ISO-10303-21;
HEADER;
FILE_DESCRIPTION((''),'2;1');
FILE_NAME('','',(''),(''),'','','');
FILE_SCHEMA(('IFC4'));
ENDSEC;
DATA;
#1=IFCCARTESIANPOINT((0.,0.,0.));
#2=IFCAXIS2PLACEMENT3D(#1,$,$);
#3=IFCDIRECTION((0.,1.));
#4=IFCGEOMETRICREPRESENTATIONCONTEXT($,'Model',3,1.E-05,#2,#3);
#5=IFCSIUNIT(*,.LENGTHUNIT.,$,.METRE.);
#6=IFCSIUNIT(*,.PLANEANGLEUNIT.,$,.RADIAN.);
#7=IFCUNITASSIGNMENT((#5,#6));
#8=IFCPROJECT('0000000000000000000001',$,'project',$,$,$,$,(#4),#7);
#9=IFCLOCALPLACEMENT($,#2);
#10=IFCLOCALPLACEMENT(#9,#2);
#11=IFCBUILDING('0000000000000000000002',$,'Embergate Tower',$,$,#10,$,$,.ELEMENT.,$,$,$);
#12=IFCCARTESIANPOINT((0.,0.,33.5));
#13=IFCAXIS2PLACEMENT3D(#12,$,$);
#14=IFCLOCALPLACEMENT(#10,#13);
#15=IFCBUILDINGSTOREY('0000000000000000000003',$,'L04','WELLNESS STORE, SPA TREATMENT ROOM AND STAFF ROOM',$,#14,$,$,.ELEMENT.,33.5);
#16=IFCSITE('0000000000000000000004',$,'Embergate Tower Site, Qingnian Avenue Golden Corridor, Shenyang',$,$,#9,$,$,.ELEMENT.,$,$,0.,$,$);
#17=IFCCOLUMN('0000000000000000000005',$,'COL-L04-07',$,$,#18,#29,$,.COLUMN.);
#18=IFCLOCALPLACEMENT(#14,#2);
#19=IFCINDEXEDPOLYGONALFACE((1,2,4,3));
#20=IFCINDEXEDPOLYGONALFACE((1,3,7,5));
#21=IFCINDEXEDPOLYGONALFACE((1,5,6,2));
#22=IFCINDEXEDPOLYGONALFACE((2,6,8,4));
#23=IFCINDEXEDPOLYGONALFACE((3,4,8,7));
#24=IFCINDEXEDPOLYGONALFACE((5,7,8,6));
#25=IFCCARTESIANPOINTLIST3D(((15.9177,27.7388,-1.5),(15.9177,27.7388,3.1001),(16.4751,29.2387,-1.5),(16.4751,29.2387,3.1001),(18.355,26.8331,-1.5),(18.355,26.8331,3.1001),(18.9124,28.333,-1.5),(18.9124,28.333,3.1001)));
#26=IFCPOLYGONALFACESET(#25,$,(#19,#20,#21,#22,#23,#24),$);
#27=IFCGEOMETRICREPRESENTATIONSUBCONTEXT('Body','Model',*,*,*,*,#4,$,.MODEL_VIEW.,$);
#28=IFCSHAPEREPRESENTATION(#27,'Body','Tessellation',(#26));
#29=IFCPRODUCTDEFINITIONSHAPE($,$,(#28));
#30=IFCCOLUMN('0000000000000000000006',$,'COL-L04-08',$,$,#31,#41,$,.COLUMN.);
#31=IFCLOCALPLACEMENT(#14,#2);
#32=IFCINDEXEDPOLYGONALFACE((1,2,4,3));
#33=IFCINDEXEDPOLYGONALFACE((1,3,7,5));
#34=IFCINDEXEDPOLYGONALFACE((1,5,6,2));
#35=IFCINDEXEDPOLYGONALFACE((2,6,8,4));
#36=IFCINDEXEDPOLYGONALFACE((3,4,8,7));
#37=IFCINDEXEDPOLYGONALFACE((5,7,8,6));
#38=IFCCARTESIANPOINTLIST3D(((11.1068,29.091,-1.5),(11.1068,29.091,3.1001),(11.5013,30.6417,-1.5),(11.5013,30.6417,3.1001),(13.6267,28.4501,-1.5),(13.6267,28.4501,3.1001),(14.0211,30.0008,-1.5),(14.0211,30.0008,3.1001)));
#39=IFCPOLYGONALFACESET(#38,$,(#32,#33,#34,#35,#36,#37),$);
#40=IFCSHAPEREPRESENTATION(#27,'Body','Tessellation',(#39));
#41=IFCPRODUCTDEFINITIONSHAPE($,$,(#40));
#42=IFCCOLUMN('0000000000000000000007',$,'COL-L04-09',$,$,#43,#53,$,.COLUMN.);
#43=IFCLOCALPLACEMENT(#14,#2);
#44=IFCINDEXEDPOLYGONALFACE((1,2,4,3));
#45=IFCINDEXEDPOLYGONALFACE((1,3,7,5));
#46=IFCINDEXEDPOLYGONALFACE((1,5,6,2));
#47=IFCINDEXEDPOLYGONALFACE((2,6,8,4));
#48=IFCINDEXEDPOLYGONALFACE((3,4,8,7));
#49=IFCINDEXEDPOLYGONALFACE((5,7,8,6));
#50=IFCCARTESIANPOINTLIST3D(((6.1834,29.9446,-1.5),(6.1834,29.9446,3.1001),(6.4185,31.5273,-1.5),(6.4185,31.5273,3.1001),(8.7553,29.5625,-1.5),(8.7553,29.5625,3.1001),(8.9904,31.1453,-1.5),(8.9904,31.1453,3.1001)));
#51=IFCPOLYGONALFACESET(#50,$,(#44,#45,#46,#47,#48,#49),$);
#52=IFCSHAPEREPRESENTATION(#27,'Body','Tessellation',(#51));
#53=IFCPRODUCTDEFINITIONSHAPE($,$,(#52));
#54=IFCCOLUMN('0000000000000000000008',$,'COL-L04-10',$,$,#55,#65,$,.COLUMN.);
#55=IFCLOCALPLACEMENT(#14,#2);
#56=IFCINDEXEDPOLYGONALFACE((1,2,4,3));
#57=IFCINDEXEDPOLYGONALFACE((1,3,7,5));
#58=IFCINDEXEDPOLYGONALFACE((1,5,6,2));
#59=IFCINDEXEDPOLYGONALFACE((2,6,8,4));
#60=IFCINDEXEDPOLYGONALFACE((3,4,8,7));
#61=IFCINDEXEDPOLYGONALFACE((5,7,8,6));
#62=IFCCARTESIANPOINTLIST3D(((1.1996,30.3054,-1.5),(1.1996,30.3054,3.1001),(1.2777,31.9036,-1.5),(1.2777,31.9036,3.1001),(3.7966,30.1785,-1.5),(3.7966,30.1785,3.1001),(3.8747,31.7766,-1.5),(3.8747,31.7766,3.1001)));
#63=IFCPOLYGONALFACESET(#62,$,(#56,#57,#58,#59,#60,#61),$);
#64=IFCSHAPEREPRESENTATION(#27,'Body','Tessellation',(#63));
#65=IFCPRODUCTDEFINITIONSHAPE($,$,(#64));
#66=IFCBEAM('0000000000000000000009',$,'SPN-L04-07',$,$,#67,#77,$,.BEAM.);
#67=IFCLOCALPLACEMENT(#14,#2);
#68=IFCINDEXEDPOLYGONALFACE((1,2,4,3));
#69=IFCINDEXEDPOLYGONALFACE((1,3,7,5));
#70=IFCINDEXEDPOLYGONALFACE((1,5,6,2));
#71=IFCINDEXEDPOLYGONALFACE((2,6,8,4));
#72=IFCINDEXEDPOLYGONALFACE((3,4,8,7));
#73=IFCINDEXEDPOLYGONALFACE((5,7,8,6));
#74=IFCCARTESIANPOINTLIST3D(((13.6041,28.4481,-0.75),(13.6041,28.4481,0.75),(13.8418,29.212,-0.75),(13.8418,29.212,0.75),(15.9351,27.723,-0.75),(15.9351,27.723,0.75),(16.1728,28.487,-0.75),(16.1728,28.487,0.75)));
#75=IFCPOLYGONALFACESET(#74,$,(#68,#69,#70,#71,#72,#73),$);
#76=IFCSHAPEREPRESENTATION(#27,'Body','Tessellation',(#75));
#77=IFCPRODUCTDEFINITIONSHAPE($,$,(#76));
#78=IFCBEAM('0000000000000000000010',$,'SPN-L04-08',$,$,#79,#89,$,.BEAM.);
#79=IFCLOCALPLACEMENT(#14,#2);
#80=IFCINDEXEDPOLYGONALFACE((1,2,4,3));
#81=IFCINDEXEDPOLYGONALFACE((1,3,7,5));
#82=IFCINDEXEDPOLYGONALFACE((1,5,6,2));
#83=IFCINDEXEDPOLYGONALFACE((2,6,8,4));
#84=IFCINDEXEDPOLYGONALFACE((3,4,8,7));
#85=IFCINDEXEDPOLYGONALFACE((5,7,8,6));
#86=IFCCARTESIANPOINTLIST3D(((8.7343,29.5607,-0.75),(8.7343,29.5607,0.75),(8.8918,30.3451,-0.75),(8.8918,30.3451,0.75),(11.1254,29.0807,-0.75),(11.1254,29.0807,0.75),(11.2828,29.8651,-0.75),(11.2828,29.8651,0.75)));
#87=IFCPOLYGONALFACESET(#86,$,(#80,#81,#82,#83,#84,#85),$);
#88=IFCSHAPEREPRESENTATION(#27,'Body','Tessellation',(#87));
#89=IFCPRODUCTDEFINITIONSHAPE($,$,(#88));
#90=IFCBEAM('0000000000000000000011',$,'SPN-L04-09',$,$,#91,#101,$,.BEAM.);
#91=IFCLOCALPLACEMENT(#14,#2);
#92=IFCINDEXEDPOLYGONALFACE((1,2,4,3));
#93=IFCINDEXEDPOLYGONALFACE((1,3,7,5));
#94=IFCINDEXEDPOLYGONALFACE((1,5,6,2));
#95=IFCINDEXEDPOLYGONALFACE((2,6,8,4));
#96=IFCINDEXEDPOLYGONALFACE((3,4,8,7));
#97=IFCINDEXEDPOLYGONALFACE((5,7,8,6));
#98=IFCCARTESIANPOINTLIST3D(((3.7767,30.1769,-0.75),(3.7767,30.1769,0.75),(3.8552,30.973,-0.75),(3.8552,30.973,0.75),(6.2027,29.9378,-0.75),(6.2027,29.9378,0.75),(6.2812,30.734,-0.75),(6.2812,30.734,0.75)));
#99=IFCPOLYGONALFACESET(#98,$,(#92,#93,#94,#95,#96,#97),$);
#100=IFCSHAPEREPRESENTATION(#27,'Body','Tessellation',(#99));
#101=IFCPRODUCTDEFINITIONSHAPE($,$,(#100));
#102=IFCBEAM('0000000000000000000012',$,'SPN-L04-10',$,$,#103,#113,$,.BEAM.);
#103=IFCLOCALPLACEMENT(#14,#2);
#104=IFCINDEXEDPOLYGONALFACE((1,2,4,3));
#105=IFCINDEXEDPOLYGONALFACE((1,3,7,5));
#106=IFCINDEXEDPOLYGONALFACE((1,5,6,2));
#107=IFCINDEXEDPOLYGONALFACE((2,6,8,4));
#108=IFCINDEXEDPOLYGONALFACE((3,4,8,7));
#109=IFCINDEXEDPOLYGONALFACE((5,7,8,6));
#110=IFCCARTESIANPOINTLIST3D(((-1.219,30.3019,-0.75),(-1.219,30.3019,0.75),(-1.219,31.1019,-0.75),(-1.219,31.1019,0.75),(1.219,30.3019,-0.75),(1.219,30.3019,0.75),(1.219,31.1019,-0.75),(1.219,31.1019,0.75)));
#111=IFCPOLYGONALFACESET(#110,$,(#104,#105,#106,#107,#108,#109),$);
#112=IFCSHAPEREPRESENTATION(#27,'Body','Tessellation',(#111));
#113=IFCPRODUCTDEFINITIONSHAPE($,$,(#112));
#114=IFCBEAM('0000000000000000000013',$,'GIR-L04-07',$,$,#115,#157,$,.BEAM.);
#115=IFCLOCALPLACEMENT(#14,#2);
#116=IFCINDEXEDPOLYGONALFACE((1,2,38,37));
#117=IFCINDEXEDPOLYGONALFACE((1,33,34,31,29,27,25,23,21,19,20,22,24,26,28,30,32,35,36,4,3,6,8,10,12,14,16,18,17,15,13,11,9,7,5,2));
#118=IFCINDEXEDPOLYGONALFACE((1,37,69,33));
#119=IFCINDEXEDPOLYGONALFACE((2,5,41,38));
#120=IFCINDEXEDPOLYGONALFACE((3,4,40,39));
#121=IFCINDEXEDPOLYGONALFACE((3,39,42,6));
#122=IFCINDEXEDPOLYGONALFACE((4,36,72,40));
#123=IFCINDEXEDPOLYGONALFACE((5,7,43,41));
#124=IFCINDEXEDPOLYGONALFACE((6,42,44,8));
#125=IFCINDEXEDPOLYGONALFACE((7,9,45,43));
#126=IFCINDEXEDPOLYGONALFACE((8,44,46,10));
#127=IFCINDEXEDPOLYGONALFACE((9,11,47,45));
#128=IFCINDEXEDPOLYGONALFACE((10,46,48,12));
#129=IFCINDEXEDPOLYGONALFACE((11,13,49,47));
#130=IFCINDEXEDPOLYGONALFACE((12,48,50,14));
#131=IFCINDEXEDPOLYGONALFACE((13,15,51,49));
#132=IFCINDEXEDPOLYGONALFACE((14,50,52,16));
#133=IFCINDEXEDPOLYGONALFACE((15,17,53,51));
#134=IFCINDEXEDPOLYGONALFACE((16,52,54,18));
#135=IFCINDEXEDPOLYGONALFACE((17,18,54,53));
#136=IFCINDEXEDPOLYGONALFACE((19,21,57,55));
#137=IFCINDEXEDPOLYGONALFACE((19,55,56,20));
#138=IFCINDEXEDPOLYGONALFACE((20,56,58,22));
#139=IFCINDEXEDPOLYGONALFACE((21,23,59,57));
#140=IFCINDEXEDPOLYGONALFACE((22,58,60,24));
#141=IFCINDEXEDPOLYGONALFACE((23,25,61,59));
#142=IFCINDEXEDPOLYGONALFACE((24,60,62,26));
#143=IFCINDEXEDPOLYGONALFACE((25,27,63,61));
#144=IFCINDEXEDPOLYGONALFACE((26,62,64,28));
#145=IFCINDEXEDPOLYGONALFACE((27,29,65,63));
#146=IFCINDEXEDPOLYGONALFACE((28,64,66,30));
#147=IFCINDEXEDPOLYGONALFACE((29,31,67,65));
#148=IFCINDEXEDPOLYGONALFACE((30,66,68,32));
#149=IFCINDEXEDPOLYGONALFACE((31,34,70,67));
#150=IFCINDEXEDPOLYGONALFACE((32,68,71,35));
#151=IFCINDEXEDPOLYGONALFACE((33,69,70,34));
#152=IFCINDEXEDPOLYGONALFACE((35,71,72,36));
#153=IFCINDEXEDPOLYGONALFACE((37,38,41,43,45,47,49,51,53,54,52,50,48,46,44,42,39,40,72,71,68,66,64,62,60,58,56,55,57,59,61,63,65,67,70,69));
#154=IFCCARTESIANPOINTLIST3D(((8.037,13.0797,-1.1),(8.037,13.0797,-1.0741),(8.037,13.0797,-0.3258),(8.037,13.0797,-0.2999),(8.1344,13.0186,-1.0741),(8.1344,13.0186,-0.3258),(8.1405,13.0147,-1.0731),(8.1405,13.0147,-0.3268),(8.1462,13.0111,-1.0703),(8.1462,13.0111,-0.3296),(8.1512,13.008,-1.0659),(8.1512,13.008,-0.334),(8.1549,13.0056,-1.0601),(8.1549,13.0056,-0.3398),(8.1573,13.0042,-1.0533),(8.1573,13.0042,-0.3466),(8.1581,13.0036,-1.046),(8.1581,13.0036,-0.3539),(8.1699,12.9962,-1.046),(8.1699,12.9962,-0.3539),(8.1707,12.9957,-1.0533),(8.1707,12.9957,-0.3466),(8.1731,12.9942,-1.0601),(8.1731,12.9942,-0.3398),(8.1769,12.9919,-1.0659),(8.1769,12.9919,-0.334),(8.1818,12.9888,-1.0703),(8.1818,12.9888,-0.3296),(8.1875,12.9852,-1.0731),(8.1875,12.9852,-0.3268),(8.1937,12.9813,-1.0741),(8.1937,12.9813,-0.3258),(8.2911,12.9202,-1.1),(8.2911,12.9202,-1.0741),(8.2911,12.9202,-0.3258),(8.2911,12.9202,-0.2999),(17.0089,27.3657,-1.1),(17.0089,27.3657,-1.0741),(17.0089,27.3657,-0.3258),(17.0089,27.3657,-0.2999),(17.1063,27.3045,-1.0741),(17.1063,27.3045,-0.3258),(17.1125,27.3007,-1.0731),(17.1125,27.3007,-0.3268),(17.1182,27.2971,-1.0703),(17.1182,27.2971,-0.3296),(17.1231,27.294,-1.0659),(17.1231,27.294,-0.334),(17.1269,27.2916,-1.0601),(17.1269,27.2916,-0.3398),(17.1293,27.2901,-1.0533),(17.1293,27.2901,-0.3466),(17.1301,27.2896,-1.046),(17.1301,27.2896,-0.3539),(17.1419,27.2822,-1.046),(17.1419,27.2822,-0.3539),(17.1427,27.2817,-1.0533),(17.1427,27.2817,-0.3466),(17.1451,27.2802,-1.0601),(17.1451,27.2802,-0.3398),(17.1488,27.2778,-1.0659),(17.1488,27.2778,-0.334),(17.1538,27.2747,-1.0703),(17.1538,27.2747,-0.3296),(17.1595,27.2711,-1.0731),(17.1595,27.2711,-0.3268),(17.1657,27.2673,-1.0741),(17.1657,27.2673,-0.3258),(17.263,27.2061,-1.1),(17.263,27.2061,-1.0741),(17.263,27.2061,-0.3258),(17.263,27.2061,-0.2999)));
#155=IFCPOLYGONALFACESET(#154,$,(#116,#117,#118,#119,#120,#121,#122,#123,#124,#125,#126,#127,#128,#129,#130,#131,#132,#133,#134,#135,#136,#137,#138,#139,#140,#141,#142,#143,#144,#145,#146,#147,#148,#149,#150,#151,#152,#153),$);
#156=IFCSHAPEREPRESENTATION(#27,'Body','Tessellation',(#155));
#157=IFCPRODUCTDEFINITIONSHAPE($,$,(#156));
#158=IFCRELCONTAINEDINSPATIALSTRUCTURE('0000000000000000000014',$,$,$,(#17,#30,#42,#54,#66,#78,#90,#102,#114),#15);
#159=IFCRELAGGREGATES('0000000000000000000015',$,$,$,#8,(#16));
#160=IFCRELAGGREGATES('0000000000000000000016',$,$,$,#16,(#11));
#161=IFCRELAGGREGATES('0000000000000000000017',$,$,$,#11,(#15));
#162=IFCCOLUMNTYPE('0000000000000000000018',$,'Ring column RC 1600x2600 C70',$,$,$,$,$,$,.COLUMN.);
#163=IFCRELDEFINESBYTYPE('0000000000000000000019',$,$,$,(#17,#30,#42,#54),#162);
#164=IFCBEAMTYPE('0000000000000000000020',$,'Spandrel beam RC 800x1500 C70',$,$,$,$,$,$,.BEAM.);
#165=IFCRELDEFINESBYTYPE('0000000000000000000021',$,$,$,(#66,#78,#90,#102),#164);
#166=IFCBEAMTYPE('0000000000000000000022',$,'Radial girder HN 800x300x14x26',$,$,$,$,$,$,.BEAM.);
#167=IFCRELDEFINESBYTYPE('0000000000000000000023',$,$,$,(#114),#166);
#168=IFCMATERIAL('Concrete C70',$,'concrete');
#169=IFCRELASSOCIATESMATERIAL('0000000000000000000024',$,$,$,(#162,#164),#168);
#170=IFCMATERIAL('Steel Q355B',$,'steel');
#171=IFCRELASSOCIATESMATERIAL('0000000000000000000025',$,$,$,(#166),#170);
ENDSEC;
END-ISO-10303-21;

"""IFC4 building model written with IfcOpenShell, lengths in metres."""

from ifc_helpers import new_model, si_unit, direction, frame, origin, origin_2d, place, context, subcontext, project, spatial, rectangle, i_section, extrude, source, transform, mapped, material, material_profile, profile_set, type_object, element, save


model = new_model("IFC4")

# Units and contexts
model_context = context("Model", 3, precision=1e-05, world=origin(), true_north=direction((0.0, 1.0)))
body_context = subcontext(model_context, "Body", "Model", "MODEL_VIEW")
ifc_project = project(units=[si_unit("LENGTHUNIT", "METRE"), si_unit("PLANEANGLEUNIT", "RADIAN")], contexts=[model_context])

# Site, building, storey
site_placement = place(None, origin())
site = spatial("IfcSite", under=ifc_project, at=site_placement, Name="Embergate Tower Site, Qingnian Avenue Golden Corridor, Shenyang", CompositionType="ELEMENT", RefElevation=0.0)
building_placement = place(site_placement, origin())
building = spatial("IfcBuilding", under=site, at=building_placement, Name="Embergate Tower", CompositionType="ELEMENT")
storey_placement = place(building_placement, frame((0.0, 0.0, 33.5)))
storey = spatial("IfcBuildingStorey", under=building, at=storey_placement, Name="L04", Description="WELLNESS STORE, SPA TREATMENT ROOM AND STAFF ROOM", CompositionType="ELEMENT", Elevation=33.5)

# Columns
ifc_material_1 = material(Name="Concrete C70", Category="concrete")
ifc_material_profile_1 = material_profile(ifc_material_1, rectangle(XDim=1.6001, YDim=2.6001, at=origin_2d()), Name="RC 1600x2600")
ifc_profile_set_1 = profile_set([ifc_material_profile_1], Name="Concrete C70")
column_type = type_object("IfcColumnType", Name="Ring column RC 1600x2600 C70", PredefinedType="COLUMN", material=ifc_profile_set_1)
shared_shape_1 = source(origin(), body_context, "Body", "SweptSolid", [
    extrude(rectangle(XDim=1.6001, YDim=2.6001, at=origin_2d()), origin(), (0.0, 0.0, 1.0), 4.6001),
])
for number, where, z_axis, x_axis, name in (
    (1, (17.415, 28.0359, -1.5), (0.0, 0.0, 1.0), (0.348343, 0.937367, 0.0), "COL-L04-07"),
    (2, (12.564, 29.5459, -1.5), (0.0, 0.0, 1.0), (0.246509, 0.969141, 0.0), "COL-L04-08"),
    (3, (7.5869, 30.5449, -1.5), (0.0, 0.0, 1.0), (0.146929, 0.989147, 0.0), "COL-L04-09"),
    (4, (2.5371, 31.041, -1.5), (0.0, 0.0, 1.0), (0.048815, 0.998808, 0.0), "COL-L04-10"),
):
    element("IfcColumn", number, at=place(storey_placement, frame(where, z_axis=z_axis, x_axis=x_axis)), inside=storey, type_object=column_type, Name=name, PredefinedType="COLUMN", context=body_context, shape_type="MappedRepresentation", body=[
        mapped(shared_shape_1, transform((0.0, 0.0, 0.0))),
    ])

# Beams
ifc_material_profile_2 = material_profile(ifc_material_1, rectangle(XDim=0.8, YDim=1.5, at=origin_2d()), Name="RC 800x1500")
ifc_profile_set_2 = profile_set([ifc_material_profile_2], Name="Concrete C70")
beam_type_1 = type_object("IfcBeamType", Name="Spandrel beam RC 800x1500 C70", PredefinedType="BEAM", material=ifc_profile_set_2)
shared_shape_2 = source(origin(), body_context, "Body", "SweptSolid", [
    extrude(rectangle(XDim=0.8, YDim=1.5, at=origin_2d()), origin(), (0.0, 0.0, 1.0), 2.4412),
])
beam_1_placement = place(storey_placement, frame((16.054, 28.105, 0.0), z_axis=(-0.954871, 0.297022, 0.0), x_axis=(-0.297022, -0.954871, 0.0)))
element("IfcBeam", 5, at=beam_1_placement, inside=storey, type_object=beam_type_1, Name="SPN-L04-07", PredefinedType="BEAM", context=body_context, shape_type="MappedRepresentation", body=[
    mapped(shared_shape_2, transform((0.0, 0.0, 0.0))),
])
shared_shape_3 = source(origin(), body_context, "Body", "SweptSolid", [
    extrude(rectangle(XDim=0.8, YDim=1.5, at=origin_2d()), origin(), (0.0, 0.0, 1.0), 2.4387),
])
beam_2_placement = place(storey_placement, frame((11.2041, 29.4729, 0.0), z_axis=(-0.980442, 0.196809, 0.0), x_axis=(-0.196809, -0.980442, 0.0)))
element("IfcBeam", 6, at=beam_2_placement, inside=storey, type_object=beam_type_1, Name="SPN-L04-08", PredefinedType="BEAM", context=body_context, shape_type="MappedRepresentation", body=[
    mapped(shared_shape_3, transform((0.0, 0.0, 0.0))),
])
shared_shape_4 = source(origin(), body_context, "Body", "SweptSolid", [
    extrude(rectangle(XDim=0.8, YDim=1.5, at=origin_2d()), origin(), (0.0, 0.0, 1.0), 2.4377),
])
beam_3_placement = place(storey_placement, frame((6.2419, 30.3359, 0.0), z_axis=(-0.995182, 0.098046, 0.0), x_axis=(-0.098046, -0.995182, 0.0)))
element("IfcBeam", 7, at=beam_3_placement, inside=storey, type_object=beam_type_1, Name="SPN-L04-09", PredefinedType="BEAM", context=body_context, shape_type="MappedRepresentation", body=[
    mapped(shared_shape_4, transform((0.0, 0.0, 0.0))),
])
shared_shape_5 = source(origin(), body_context, "Body", "SweptSolid", [
    extrude(rectangle(XDim=0.8, YDim=1.5, at=origin_2d()), origin(), (0.0, 0.0, 1.0), 2.438),
])
beam_4_placement = place(storey_placement, frame((1.219, 30.7019, 0.0), z_axis=(-1.0, 0.0, 0.0), x_axis=(0.0, -1.0, 0.0)))
element("IfcBeam", 8, at=beam_4_placement, inside=storey, type_object=beam_type_1, Name="SPN-L04-10", PredefinedType="BEAM", context=body_context, shape_type="MappedRepresentation", body=[
    mapped(shared_shape_5, transform((0.0, 0.0, 0.0))),
])
ifc_material_2 = material(Name="Steel Q355B", Category="steel")
ifc_material_profile_3 = material_profile(ifc_material_2, i_section(OverallWidth=0.3, OverallDepth=0.8, WebThickness=0.0139, FlangeThickness=0.0259, FilletRadius=0.0281, at=origin_2d()), Name="HN 800x300x14x26")
ifc_profile_set_3 = profile_set([ifc_material_profile_3], Name="Steel Q355 grade B")
beam_type_2 = type_object("IfcBeamType", Name="Radial girder HN 800x300x14x26", PredefinedType="BEAM", material=ifc_profile_set_3)
shared_shape_6 = source(origin(), body_context, "Body", "SweptSolid", [
    extrude(i_section(OverallWidth=0.3, OverallDepth=0.8, WebThickness=0.0139, FlangeThickness=0.0259, FilletRadius=0.0281, at=origin_2d()), origin(), (0.0, 0.0, 1.0), 16.8696),
])
beam_5_placement = place(storey_placement, frame((17.136, 27.2859, -0.7), z_axis=(-0.531841, -0.846844, 0.0), x_axis=(0.846844, -0.531841, 0.0)))
element("IfcBeam", 9, at=beam_5_placement, inside=storey, type_object=beam_type_2, Name="GIR-L04-07", PredefinedType="BEAM", context=body_context, shape_type="MappedRepresentation", body=[
    mapped(shared_shape_6, transform((0.0, 0.0, 0.0))),
])

save(model, "model.ifc")
